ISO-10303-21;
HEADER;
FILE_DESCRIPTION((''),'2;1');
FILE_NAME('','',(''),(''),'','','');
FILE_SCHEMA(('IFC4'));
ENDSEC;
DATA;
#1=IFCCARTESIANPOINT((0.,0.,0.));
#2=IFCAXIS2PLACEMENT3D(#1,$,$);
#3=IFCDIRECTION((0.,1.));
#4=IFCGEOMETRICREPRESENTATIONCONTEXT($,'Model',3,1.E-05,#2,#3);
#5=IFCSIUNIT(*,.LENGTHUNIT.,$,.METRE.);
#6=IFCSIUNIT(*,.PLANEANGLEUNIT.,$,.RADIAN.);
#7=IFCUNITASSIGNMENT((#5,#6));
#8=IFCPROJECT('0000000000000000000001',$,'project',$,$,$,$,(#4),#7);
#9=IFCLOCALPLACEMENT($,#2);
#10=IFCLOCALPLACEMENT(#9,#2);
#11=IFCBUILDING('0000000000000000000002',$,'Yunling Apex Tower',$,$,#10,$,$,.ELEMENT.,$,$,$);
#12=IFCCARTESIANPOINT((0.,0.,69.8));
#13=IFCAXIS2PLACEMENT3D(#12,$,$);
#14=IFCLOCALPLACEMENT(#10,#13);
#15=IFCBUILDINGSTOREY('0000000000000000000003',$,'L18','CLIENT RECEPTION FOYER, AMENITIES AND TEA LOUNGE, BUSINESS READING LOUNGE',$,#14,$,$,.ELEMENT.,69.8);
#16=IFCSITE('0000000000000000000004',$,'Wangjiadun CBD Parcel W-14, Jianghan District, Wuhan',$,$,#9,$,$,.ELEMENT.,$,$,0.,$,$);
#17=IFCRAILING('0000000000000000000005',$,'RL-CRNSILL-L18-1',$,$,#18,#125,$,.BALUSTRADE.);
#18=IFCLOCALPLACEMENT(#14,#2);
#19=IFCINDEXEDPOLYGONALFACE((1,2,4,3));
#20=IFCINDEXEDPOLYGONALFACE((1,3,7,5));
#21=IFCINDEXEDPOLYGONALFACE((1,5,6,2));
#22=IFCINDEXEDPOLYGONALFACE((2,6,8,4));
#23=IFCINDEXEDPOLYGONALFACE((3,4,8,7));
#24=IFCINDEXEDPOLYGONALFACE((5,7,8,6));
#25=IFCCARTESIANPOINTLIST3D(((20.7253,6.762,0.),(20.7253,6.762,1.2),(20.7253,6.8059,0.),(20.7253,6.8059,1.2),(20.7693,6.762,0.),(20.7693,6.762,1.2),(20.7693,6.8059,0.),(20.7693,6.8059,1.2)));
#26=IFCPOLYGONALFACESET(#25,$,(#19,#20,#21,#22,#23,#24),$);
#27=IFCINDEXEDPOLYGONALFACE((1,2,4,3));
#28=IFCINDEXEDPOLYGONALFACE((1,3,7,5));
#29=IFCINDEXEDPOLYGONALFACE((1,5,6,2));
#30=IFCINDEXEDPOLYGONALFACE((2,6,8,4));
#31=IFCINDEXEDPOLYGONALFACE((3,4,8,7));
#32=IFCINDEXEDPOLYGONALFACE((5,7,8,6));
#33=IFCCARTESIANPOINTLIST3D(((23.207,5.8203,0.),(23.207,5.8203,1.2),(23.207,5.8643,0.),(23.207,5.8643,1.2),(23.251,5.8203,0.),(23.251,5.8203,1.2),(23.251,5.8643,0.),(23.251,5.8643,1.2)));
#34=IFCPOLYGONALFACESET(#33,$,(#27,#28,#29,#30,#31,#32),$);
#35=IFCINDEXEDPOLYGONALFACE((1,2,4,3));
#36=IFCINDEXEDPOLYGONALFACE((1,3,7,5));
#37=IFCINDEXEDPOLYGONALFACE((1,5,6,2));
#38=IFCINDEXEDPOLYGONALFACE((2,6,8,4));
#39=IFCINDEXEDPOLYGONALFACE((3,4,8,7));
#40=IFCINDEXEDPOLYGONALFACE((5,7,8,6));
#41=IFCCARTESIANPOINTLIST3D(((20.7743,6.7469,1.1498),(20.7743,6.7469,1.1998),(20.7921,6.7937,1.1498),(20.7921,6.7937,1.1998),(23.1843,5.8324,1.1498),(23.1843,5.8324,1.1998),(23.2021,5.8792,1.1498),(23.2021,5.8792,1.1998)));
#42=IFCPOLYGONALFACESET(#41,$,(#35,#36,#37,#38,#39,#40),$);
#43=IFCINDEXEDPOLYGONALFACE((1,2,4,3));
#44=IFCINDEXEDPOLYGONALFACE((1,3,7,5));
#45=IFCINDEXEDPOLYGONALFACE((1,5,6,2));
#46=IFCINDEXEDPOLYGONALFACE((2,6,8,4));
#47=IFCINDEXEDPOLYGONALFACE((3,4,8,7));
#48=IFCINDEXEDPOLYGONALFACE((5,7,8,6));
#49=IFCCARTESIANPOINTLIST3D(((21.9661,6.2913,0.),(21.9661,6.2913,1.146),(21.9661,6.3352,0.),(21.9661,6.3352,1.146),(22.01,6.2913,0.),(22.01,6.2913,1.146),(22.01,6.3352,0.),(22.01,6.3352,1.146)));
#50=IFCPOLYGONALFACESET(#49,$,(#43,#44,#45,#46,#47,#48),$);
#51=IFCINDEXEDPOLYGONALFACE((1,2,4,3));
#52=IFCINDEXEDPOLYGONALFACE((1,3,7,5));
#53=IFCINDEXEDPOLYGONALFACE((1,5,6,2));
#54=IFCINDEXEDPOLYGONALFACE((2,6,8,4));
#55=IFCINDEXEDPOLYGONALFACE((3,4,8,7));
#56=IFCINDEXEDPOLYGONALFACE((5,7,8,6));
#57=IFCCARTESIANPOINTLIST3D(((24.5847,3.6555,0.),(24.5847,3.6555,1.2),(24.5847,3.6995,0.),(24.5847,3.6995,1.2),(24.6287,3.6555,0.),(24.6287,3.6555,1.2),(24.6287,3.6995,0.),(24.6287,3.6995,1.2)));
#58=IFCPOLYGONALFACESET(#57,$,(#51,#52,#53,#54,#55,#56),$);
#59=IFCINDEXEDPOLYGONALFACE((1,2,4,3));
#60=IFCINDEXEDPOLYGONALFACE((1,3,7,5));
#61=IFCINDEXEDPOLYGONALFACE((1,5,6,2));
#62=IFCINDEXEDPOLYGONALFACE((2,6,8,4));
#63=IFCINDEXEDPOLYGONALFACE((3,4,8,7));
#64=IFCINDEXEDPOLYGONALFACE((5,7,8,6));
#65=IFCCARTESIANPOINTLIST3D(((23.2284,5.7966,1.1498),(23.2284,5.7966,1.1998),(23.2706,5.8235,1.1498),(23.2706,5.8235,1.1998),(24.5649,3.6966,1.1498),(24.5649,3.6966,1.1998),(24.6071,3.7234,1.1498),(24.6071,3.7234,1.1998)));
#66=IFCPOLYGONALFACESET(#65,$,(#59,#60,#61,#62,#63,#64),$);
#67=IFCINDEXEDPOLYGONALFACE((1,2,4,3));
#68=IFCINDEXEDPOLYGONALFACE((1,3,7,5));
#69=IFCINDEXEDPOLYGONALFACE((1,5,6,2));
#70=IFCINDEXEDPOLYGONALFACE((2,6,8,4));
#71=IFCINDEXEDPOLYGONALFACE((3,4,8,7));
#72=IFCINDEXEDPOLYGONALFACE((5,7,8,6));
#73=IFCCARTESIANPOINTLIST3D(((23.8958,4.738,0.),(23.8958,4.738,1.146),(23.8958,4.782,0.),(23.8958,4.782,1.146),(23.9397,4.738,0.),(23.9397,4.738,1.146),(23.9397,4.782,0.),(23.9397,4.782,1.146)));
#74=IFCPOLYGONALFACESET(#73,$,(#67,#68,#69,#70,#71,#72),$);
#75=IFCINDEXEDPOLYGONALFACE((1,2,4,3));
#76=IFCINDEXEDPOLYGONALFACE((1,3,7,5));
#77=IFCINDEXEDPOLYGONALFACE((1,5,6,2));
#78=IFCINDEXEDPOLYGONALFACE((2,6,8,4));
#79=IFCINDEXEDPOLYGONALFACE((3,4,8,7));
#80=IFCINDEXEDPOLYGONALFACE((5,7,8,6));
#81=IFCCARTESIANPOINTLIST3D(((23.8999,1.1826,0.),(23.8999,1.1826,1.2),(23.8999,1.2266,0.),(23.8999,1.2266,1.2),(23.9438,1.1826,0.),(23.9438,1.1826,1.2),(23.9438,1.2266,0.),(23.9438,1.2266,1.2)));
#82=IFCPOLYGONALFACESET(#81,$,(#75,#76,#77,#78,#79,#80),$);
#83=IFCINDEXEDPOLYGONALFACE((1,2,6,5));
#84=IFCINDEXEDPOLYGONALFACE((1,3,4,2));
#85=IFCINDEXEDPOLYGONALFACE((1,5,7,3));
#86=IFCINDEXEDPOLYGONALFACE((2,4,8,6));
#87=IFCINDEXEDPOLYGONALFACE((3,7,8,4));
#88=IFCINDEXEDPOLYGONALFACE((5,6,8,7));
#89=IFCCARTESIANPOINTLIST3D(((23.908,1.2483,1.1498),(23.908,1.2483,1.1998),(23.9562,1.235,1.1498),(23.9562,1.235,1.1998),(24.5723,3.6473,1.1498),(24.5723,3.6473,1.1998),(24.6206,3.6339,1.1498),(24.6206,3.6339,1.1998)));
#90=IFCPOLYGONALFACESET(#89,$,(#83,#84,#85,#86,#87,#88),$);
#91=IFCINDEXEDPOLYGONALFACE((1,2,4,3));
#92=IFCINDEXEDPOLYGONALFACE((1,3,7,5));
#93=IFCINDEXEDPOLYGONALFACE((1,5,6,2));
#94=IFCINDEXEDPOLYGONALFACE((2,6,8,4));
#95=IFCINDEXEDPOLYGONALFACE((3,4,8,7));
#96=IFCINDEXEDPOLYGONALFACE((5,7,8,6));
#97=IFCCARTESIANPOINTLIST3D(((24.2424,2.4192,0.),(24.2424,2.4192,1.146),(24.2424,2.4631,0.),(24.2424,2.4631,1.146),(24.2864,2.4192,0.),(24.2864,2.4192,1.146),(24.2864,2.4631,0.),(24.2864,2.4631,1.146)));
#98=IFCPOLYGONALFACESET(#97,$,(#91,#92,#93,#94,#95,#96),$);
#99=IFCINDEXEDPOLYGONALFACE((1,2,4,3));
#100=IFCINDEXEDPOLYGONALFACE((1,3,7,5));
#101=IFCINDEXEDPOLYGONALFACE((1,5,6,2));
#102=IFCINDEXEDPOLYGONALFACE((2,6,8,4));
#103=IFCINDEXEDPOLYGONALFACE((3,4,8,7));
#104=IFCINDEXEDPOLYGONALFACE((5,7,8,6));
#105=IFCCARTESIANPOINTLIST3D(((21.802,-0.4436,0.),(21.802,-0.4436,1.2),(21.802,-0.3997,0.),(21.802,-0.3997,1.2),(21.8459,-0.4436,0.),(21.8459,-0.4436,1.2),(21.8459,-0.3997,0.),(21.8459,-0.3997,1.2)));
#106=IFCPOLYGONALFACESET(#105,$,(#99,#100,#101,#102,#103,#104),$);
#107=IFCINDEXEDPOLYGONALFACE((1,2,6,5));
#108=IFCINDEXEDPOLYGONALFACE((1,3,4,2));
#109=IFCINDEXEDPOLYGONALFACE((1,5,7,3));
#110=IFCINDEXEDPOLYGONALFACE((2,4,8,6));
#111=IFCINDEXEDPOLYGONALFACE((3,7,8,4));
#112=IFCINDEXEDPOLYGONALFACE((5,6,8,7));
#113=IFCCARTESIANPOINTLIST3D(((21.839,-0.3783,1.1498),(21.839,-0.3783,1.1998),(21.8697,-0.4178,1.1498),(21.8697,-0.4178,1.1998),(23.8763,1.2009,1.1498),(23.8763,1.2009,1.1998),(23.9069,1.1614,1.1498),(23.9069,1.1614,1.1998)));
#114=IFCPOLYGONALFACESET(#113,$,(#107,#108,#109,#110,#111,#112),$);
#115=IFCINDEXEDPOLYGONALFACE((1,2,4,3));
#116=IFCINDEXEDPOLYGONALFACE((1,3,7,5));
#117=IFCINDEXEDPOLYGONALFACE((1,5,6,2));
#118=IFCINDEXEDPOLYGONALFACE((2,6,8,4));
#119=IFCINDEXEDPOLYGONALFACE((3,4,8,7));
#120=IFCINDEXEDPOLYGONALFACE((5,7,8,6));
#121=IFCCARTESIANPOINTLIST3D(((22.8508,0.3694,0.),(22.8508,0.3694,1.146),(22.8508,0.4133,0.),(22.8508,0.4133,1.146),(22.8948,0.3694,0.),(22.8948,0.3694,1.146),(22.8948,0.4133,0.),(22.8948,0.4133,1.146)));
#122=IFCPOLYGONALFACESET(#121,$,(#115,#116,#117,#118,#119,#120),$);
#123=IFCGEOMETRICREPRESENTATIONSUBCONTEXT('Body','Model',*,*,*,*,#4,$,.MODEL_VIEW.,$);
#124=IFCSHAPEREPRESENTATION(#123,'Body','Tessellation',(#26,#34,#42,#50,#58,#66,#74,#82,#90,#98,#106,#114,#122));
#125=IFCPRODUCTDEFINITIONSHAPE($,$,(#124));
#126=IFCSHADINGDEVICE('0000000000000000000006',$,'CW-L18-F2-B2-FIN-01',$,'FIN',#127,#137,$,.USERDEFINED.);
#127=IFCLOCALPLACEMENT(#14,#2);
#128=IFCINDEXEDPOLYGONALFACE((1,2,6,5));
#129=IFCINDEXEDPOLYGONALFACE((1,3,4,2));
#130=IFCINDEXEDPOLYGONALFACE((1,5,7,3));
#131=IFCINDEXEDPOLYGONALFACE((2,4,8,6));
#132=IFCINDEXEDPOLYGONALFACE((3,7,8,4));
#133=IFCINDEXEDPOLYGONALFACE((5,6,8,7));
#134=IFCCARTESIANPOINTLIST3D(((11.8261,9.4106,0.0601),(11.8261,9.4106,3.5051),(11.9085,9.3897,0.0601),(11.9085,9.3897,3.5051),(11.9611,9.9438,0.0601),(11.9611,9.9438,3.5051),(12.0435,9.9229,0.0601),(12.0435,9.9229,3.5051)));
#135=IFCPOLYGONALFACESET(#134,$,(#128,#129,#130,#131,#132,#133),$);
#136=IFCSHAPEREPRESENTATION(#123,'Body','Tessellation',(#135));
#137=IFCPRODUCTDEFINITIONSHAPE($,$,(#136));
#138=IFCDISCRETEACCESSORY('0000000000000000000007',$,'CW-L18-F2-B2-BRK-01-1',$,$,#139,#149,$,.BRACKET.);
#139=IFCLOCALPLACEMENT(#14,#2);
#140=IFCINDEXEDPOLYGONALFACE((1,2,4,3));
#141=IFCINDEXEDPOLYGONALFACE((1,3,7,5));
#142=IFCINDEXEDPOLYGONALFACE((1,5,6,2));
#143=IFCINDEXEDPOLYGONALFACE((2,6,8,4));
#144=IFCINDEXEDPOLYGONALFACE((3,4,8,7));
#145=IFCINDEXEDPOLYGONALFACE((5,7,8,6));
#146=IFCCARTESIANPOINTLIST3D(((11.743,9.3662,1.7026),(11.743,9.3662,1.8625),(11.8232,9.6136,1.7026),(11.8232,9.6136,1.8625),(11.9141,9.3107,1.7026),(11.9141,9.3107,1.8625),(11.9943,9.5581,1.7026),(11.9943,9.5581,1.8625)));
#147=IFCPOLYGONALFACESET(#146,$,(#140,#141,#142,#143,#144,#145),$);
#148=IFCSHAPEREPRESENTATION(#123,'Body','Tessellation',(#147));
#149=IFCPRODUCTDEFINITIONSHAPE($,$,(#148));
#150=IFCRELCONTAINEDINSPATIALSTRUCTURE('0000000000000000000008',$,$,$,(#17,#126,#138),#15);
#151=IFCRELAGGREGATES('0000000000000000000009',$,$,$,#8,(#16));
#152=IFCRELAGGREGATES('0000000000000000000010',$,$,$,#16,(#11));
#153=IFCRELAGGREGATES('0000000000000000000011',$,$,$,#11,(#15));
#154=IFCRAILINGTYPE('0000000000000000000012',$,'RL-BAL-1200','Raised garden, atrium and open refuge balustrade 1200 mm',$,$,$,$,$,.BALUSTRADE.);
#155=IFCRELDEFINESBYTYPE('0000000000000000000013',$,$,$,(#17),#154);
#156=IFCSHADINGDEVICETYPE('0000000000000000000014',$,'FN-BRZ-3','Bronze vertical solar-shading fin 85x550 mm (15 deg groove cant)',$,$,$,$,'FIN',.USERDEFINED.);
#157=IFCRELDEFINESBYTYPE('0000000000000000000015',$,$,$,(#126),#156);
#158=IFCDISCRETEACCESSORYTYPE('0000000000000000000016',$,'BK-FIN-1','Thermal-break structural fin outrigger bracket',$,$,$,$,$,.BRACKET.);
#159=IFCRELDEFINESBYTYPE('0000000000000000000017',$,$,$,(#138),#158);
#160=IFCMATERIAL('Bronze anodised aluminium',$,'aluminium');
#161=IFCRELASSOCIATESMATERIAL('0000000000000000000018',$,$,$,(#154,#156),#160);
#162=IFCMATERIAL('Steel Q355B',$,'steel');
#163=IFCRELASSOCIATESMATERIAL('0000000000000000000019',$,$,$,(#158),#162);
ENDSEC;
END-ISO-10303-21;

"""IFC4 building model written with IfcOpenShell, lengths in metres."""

from ifc_helpers import new_model, si_unit, direction, frame, origin, origin_2d, place, context, subcontext, project, spatial, rectangle, extrude, source, transform, mapped, material, material_profile, profile_set, type_object, element, save


model = new_model("IFC4")

# Units and contexts
model_context = context("Model", 3, precision=1e-05, world=origin(), true_north=direction((0.0, 1.0)))
body_context = subcontext(model_context, "Body", "Model", "MODEL_VIEW")
ifc_project = project(units=[si_unit("LENGTHUNIT", "METRE"), si_unit("PLANEANGLEUNIT", "RADIAN")], contexts=[model_context])

# Site, building, storey
site_placement = place(None, origin())
site = spatial("IfcSite", under=ifc_project, at=site_placement, Name="Wangjiadun CBD Parcel W-14, Jianghan District, Wuhan", CompositionType="ELEMENT", RefElevation=0.0)
building_placement = place(site_placement, origin())
building = spatial("IfcBuilding", under=site, at=building_placement, Name="Yunling Apex Tower", CompositionType="ELEMENT")
storey_placement = place(building_placement, frame((0.0, 0.0, 69.8)))
storey = spatial("IfcBuildingStorey", under=building, at=storey_placement, Name="L18", Description="CLIENT RECEPTION FOYER, AMENITIES AND TEA LOUNGE, BUSINESS READING LOUNGE", CompositionType="ELEMENT", Elevation=69.8)

# Shared definitions
ifc_material_1 = material(Name="Steel Q355B", Category="steel")

# Shared definitions
ifc_material_2 = material(Name="Bronze anodised aluminium", Category="aluminium")

# Railing
railing_type = type_object("IfcRailingType", Name="RL-BAL-1200", Description="Raised garden, atrium and open refuge balustrade 1200 mm", PredefinedType="BALUSTRADE", material=ifc_material_2)
railing_placement = place(storey_placement, frame((20.7473, 6.7839, 0.0)))
element("IfcRailing", 1, at=railing_placement, inside=storey, type_object=railing_type, Name="RL-CRNSILL-L18-1", PredefinedType="BALUSTRADE", context=body_context, shape_type="SweptSolid", body=[
    extrude(rectangle(XDim=0.0439, YDim=0.0439, at=origin_2d()), origin(), (0.0, 0.0, 1.0), 1.2),
    extrude(rectangle(XDim=0.0439, YDim=0.0439, at=origin_2d()), frame((2.4817, -0.9417, 0.0)), (0.0, 0.0, 1.0), 1.2),
    extrude(rectangle(XDim=0.05, YDim=0.05, at=origin_2d()), frame((0.0359, -0.0137, 1.1748), z_axis=(0.934958, -0.35476, 0.0), x_axis=(0.35476, 0.934958, 0.0)), (0.0, 0.0, 1.0), 2.5776),
    extrude(rectangle(XDim=0.0439, YDim=0.0439, at=origin_2d()), frame((1.2407, -0.4707, 0.0)), (0.0, 0.0, 1.0), 1.146),
    extrude(rectangle(XDim=0.0439, YDim=0.0439, at=origin_2d()), frame((3.8594, -3.1064, 0.0)), (0.0, 0.0, 1.0), 1.2),
    extrude(rectangle(XDim=0.05, YDim=0.05, at=origin_2d()), frame((2.5022, -0.9739, 1.1748), z_axis=(0.5369, -0.843646, 0.0), x_axis=(0.843646, 0.5369, 0.0)), (0.0, 0.0, 1.0), 2.4893),
    extrude(rectangle(XDim=0.0439, YDim=0.0439, at=origin_2d()), frame((3.1704, -2.0239, 0.0)), (0.0, 0.0, 1.0), 1.146),
    extrude(rectangle(XDim=0.0439, YDim=0.0439, at=origin_2d()), frame((3.1746, -5.5793, 0.0)), (0.0, 0.0, 1.0), 1.2),
    extrude(rectangle(XDim=0.05, YDim=0.05, at=origin_2d()), frame((3.8491, -3.1433, 1.1748), z_axis=(-0.266883, -0.963729, 0.0), x_axis=(0.963729, -0.266883, 0.0)), (0.0, 0.0, 1.0), 2.4893),
    extrude(rectangle(XDim=0.0439, YDim=0.0439, at=origin_2d()), frame((3.5171, -4.3428, 0.0)), (0.0, 0.0, 1.0), 1.146),
    extrude(rectangle(XDim=0.0439, YDim=0.0439, at=origin_2d()), frame((1.0767, -7.2056, 0.0)), (0.0, 0.0, 1.0), 1.2),
    extrude(rectangle(XDim=0.05, YDim=0.05, at=origin_2d()), frame((3.1443, -5.6028, 1.1748), z_axis=(-0.790352, -0.612654, 0.0), x_axis=(0.612654, -0.790352, 0.0)), (0.0, 0.0, 1.0), 2.5776),
    extrude(rectangle(XDim=0.0439, YDim=0.0439, at=origin_2d()), frame((2.1255, -6.3926, 0.0)), (0.0, 0.0, 1.0), 1.146),
])

# Shading device
ifc_material_profile_1 = material_profile(ifc_material_2, rectangle(XDim=0.085, YDim=0.55, at=origin_2d()))
ifc_profile_set_1 = profile_set([ifc_material_profile_1], Name="Bronze anodised aluminium")
shading_device_type = type_object("IfcShadingDeviceType", Name="FN-BRZ-3", Description="Bronze vertical solar-shading fin 85x550 mm (15 deg groove cant)", ElementType="FIN", PredefinedType="USERDEFINED", material=ifc_profile_set_1)
shared_shape_1 = source(origin(), body_context, "Body", "SweptSolid", [
    extrude(rectangle(XDim=0.085, YDim=0.55, at=origin_2d()), origin(), (0.0, 0.0, 1.0), 3.4451),
])
shading_device_placement = place(storey_placement, frame((11.9348, 9.6667, 0.0601), z_axis=(0.0, 0.0, 1.0), x_axis=(-0.969403, 0.245477, 0.0)))
element("IfcShadingDevice", 2, at=shading_device_placement, inside=storey, type_object=shading_device_type, Name="CW-L18-F2-B2-FIN-01", ObjectType="FIN", PredefinedType="USERDEFINED", context=body_context, shape_type="MappedRepresentation", body=[
    mapped(shared_shape_1, transform((0.0, 0.0, 0.0), scale=1.0)),
])

# Discrete accessory
discrete_accessory_type = type_object("IfcDiscreteAccessoryType", Name="BK-FIN-1", Description="Thermal-break structural fin outrigger bracket", PredefinedType="BRACKET", material=ifc_material_1)
shared_shape_2 = source(origin(), body_context, "Body", "SweptSolid", [
    extrude(rectangle(XDim=0.1799, YDim=0.26, at=origin_2d()), origin(), (0.0, 0.0, 1.0), 0.1599),
])
discrete_accessory_placement = place(storey_placement, frame((11.8687, 9.4622, 1.7026), z_axis=(0.0, 0.0, 1.0), x_axis=(-0.951272, 0.308353, 0.0)))
element("IfcDiscreteAccessory", 3, at=discrete_accessory_placement, inside=storey, type_object=discrete_accessory_type, Name="CW-L18-F2-B2-BRK-01-1", PredefinedType="BRACKET", context=body_context, shape_type="MappedRepresentation", body=[
    mapped(shared_shape_2, transform((0.0, 0.0, 0.0), scale=1.0)),
])

save(model, "model.ifc")
